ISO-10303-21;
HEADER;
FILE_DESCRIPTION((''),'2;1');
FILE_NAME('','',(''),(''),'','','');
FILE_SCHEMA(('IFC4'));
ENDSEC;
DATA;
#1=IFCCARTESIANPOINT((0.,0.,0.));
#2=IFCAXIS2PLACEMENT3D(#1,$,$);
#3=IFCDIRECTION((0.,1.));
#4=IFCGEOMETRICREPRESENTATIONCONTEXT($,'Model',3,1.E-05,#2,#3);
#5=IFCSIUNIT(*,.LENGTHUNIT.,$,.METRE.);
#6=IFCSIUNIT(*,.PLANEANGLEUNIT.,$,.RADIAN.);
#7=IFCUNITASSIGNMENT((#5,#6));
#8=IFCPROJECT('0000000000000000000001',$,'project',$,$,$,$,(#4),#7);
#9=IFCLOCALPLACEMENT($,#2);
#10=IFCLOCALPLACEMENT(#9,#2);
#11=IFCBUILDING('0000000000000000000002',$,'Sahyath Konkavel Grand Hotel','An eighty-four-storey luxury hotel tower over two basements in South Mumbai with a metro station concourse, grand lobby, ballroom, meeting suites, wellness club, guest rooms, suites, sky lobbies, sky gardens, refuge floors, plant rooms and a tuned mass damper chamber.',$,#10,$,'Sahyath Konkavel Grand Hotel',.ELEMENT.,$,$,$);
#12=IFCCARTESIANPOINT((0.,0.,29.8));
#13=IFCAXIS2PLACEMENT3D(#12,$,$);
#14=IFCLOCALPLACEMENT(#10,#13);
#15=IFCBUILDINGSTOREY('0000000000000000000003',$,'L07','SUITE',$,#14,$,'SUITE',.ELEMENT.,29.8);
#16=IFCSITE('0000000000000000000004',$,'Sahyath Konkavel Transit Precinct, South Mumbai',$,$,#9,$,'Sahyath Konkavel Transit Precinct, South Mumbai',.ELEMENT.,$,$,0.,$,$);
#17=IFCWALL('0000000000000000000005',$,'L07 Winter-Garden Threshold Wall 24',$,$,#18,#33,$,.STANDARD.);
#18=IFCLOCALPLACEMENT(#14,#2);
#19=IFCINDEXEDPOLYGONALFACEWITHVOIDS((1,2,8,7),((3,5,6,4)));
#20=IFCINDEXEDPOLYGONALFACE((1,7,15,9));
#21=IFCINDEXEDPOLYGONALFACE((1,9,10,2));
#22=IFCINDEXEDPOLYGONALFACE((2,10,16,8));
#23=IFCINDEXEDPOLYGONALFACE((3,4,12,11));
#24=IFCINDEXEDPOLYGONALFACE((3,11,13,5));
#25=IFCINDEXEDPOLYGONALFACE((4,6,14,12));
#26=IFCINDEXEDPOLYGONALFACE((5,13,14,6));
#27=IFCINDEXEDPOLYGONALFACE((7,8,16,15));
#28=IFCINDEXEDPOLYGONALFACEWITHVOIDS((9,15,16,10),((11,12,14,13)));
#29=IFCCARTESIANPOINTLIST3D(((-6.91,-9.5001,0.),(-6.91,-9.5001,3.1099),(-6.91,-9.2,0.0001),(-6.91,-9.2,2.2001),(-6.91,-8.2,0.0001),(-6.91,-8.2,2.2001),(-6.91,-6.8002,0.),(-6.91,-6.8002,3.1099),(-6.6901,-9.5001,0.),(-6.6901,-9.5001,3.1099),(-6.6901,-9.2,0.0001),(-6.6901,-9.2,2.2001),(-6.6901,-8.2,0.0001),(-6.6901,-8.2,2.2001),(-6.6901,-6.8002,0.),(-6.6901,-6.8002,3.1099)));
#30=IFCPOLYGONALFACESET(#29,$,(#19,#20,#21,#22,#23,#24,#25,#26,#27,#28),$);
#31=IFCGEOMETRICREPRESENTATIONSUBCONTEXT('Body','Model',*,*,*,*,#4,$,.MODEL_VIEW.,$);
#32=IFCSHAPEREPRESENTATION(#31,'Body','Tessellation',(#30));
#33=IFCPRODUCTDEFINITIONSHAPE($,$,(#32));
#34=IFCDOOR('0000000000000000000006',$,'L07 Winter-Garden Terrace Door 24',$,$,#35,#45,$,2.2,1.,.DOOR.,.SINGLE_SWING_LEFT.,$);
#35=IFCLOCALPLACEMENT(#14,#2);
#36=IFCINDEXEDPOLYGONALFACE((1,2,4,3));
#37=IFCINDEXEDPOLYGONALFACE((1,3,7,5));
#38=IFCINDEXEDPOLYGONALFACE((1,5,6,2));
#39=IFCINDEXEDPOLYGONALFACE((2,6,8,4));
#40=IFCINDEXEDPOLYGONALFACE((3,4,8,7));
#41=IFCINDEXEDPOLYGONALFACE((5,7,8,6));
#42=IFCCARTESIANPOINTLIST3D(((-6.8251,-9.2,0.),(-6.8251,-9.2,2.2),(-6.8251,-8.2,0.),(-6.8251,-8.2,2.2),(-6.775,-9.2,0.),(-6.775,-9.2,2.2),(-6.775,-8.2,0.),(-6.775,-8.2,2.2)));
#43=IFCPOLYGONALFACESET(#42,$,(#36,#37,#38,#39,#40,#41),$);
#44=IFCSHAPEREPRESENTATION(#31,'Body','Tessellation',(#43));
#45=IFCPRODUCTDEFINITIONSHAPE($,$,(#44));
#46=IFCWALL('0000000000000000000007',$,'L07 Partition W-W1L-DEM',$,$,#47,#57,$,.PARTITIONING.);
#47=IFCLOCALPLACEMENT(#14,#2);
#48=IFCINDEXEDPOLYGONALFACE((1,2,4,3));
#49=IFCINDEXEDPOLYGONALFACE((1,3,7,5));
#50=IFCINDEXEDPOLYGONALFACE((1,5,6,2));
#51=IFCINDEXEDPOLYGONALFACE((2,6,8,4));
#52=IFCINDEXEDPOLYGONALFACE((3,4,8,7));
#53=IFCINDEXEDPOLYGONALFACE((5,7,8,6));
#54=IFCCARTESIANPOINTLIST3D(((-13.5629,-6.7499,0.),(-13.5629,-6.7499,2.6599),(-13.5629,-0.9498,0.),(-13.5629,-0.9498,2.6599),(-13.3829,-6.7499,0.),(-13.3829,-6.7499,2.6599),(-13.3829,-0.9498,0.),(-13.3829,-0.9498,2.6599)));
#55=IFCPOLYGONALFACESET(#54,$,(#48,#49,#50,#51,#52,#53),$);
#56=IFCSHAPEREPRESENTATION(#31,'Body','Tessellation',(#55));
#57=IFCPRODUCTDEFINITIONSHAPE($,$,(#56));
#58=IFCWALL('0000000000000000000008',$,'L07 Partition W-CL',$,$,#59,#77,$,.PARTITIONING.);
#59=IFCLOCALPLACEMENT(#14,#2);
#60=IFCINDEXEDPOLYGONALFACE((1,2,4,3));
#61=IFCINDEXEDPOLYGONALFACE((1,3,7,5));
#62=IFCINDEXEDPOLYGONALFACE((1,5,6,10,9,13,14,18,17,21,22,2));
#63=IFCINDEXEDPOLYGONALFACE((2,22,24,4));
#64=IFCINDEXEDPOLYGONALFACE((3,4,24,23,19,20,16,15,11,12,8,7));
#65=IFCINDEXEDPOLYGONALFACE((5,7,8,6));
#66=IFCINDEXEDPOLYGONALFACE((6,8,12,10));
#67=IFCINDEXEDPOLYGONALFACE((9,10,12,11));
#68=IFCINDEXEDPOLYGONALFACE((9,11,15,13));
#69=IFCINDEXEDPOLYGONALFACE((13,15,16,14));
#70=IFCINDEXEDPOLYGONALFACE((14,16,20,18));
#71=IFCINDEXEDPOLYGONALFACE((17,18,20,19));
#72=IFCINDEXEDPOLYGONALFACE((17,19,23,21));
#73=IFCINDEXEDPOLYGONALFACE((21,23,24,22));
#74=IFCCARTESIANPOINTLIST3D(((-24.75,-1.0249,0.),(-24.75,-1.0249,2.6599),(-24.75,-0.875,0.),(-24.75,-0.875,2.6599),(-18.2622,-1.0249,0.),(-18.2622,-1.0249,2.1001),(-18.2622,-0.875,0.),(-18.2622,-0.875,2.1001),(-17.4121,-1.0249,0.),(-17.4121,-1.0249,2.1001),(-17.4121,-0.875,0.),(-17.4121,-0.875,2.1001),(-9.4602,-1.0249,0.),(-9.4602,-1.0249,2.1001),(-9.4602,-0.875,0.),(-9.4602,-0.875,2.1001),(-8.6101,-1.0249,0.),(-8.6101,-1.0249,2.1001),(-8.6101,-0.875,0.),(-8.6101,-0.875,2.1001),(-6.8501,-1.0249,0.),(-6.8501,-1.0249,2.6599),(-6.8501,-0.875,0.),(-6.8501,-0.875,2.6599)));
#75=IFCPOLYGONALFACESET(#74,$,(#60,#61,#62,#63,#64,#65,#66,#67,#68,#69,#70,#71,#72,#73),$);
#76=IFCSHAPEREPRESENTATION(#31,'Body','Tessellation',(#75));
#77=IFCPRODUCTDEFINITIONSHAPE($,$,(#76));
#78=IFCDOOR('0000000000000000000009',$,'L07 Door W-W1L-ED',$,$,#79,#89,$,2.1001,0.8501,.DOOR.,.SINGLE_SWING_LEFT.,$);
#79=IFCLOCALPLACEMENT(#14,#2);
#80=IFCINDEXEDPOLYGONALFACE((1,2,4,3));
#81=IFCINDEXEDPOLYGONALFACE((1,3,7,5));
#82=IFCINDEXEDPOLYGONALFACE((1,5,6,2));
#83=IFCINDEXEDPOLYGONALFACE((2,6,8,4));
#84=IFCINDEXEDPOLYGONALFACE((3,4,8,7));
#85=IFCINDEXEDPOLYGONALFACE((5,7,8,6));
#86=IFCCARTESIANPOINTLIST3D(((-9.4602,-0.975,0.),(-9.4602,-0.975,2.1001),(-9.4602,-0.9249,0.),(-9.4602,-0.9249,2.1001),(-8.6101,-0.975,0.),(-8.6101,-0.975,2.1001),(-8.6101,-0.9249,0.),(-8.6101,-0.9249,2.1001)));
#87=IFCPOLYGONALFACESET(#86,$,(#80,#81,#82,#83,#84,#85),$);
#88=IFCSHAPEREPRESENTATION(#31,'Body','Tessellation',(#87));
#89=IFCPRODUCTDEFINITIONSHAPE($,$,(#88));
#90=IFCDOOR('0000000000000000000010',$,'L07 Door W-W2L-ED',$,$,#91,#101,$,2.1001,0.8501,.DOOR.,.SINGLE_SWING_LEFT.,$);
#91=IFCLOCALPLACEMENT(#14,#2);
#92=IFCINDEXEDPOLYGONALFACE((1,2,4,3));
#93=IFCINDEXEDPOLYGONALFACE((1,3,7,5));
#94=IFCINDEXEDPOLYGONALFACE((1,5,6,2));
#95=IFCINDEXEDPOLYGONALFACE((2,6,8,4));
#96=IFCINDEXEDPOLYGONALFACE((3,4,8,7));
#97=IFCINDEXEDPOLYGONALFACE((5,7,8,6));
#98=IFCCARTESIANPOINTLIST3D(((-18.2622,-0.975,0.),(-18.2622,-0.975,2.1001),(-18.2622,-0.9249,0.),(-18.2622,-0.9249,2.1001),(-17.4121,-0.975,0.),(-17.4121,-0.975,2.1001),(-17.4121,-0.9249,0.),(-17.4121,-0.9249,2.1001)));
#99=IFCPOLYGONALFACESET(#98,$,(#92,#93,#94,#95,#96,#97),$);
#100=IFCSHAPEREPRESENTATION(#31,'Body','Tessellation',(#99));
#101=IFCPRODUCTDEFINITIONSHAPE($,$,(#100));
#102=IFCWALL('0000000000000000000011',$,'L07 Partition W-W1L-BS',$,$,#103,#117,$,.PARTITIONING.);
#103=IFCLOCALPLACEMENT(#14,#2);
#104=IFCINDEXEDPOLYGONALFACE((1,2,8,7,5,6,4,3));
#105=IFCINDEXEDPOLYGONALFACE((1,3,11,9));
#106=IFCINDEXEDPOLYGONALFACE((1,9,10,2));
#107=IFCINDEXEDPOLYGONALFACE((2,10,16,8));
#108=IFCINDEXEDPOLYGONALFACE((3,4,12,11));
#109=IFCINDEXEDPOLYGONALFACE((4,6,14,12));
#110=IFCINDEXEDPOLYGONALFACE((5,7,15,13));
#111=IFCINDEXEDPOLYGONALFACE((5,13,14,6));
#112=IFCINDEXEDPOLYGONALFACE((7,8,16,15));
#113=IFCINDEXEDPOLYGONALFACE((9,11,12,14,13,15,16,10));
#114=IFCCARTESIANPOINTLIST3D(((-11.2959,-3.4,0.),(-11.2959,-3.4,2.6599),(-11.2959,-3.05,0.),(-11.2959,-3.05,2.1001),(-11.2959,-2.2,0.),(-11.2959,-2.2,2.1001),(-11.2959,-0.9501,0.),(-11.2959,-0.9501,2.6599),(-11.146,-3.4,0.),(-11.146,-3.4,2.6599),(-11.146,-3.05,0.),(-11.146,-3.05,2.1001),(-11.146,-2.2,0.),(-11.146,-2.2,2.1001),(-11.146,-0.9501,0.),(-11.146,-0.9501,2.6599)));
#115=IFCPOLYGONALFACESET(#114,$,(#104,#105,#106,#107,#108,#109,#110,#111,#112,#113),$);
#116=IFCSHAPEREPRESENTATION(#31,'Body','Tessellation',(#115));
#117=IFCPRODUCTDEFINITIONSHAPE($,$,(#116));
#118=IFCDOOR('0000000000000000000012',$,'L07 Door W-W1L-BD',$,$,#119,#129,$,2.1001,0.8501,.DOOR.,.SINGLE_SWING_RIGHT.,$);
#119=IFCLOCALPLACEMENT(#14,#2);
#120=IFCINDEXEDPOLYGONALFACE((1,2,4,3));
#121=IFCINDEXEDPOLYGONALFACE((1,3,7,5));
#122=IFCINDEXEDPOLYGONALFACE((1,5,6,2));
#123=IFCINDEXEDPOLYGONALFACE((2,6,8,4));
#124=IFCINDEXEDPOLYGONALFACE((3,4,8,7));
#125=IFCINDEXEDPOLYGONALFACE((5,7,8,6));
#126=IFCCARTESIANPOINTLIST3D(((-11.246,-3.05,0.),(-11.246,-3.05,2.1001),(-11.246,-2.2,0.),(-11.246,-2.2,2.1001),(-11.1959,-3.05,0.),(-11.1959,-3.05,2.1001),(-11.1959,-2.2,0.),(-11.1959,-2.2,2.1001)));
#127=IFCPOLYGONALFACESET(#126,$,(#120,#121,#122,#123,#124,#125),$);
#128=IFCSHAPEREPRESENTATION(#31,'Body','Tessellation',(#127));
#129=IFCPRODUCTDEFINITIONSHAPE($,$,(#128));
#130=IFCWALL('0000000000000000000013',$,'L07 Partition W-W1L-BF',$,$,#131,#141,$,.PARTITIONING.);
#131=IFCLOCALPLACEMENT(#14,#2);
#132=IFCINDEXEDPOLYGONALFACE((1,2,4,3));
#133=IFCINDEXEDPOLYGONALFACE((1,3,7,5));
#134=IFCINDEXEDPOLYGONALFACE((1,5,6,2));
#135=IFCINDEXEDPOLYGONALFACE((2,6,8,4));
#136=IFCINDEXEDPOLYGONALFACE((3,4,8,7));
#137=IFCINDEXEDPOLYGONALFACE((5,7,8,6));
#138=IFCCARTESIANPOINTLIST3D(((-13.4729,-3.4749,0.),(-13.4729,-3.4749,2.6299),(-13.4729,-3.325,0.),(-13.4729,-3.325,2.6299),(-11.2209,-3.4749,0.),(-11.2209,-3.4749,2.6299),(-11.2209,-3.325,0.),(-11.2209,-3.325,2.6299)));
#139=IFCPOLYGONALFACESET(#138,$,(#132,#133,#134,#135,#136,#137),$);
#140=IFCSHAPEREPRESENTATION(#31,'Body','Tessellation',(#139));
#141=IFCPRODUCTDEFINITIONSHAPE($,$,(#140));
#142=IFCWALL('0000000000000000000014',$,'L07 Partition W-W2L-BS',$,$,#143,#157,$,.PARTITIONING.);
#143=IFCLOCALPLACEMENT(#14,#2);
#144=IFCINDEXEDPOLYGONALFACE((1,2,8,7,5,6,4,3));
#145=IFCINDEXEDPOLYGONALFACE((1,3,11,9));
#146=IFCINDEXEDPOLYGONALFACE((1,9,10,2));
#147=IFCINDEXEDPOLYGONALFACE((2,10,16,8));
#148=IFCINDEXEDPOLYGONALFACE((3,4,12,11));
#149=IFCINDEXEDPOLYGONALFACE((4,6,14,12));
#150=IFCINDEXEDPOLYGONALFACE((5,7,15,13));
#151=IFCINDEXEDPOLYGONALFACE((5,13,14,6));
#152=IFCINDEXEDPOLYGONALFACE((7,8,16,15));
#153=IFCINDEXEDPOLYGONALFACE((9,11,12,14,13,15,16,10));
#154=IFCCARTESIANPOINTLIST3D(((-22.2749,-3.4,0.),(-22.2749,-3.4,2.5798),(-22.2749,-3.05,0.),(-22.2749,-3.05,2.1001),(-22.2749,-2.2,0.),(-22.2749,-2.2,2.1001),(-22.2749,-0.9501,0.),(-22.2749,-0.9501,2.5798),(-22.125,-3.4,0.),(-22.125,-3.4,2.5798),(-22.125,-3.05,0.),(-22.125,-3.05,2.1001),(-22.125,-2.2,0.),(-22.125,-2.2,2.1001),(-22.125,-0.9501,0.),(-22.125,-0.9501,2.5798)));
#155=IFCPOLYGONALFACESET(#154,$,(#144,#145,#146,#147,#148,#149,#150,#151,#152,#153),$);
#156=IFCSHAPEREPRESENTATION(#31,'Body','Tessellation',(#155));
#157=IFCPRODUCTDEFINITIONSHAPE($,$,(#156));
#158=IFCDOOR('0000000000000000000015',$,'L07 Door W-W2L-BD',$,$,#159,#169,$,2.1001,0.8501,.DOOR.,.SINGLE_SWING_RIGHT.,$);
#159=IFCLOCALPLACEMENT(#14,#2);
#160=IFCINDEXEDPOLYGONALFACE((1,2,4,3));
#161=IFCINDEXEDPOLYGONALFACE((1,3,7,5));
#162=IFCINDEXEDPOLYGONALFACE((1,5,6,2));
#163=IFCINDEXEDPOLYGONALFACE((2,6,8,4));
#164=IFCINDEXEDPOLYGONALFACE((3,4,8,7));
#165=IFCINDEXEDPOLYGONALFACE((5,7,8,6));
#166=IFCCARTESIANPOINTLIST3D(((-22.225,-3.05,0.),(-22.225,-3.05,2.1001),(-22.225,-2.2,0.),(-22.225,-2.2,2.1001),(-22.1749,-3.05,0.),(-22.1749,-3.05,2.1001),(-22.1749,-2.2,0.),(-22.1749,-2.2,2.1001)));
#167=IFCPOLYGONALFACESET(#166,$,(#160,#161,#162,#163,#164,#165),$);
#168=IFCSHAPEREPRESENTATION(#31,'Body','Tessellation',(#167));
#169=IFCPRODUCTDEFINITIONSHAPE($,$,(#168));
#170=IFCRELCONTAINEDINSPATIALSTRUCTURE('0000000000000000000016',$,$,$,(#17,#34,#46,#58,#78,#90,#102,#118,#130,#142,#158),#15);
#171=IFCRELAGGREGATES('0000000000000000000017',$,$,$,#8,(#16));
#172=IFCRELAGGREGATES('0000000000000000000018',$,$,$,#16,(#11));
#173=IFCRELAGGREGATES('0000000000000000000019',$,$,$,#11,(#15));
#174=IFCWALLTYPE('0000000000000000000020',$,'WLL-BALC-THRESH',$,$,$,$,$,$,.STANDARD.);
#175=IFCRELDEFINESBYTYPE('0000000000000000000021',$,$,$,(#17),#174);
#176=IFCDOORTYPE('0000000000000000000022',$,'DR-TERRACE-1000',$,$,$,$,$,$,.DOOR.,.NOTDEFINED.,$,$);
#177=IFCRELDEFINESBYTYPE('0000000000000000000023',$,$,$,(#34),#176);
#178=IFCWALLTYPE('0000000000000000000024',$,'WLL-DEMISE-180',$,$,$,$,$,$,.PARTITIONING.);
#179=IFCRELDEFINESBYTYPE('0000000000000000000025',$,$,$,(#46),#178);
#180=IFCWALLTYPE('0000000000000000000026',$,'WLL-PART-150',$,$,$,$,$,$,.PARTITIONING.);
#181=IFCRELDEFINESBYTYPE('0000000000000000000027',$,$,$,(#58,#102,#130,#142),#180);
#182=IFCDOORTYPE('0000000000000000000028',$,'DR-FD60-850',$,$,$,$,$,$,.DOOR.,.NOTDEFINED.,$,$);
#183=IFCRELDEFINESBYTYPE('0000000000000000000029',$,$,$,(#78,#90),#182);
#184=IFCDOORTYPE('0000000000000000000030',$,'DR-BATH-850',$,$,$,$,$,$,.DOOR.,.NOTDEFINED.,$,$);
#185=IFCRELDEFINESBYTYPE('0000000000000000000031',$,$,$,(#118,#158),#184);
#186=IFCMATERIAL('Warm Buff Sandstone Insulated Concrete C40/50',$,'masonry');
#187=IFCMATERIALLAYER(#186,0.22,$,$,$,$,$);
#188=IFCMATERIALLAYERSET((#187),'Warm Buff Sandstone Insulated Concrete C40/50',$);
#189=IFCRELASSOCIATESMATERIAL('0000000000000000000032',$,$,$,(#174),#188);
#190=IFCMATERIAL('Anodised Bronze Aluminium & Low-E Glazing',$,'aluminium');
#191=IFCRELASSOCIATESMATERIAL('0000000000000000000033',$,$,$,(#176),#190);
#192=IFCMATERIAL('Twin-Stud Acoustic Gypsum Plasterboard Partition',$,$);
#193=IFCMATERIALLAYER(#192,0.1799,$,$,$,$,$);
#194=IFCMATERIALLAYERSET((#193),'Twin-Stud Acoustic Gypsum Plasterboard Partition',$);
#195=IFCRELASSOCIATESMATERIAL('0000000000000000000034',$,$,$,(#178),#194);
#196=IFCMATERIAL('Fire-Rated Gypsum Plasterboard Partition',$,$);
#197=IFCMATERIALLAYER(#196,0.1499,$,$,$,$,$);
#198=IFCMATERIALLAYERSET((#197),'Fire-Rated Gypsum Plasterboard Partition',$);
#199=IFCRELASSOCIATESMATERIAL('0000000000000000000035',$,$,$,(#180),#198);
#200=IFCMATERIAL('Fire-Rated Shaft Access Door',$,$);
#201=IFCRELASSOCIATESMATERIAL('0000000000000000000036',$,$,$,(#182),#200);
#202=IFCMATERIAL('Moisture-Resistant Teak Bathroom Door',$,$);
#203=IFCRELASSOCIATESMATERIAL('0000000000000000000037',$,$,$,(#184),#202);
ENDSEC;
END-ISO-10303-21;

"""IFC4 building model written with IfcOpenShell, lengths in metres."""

from ifc_helpers import new_model, si_unit, direction, frame, frame_2d, origin, origin_2d, place, context, subcontext, project, spatial, rectangle, extrude, source, transform, mapped, material, layer, layer_set, type_object, element, fill, save


model = new_model("IFC4")

# Units and contexts
model_context = context("Model", 3, precision=1e-05, world=origin(), true_north=direction((0.0, 1.0)))
body_context = subcontext(model_context, "Body", "Model", "MODEL_VIEW")
ifc_project = project(units=[si_unit("LENGTHUNIT", "METRE"), si_unit("PLANEANGLEUNIT", "RADIAN")], contexts=[model_context])

# Site, building, storey
site_placement = place(None, origin())
site = spatial("IfcSite", under=ifc_project, at=site_placement, Name="Sahyath Konkavel Transit Precinct, South Mumbai", LongName="Sahyath Konkavel Transit Precinct, South Mumbai", CompositionType="ELEMENT", RefElevation=0.0)
building_placement = place(site_placement, origin())
building = spatial("IfcBuilding", under=site, at=building_placement, Name="Sahyath Konkavel Grand Hotel", Description="An eighty-four-storey luxury hotel tower over two basements in South Mumbai with a metro station concourse, grand lobby, ballroom, meeting suites, wellness club, guest rooms, suites, sky lobbies, sky gardens, refuge floors, plant rooms and a tuned mass damper chamber.", LongName="Sahyath Konkavel Grand Hotel", CompositionType="ELEMENT")
storey_placement = place(building_placement, frame((0.0, 0.0, 29.8)))
storey = spatial("IfcBuildingStorey", under=building, at=storey_placement, Name="L07", Description="SUITE", LongName="SUITE", CompositionType="ELEMENT", Elevation=29.8)

# Shared definitions
ifc_material_1 = material(Name="Anodised Bronze Aluminium & Low-E Glazing", Category="aluminium")

# Shared definitions
ifc_material_2 = material(Name="Warm Buff Sandstone Insulated Concrete C40/50", Category="masonry")
ifc_layer_1 = layer(ifc_material_2, 0.22)
ifc_layer_set_1 = layer_set([ifc_layer_1], Name="Warm Buff Sandstone Insulated Concrete C40/50")
wall_type_1 = type_object("IfcWallType", Name="WLL-BALC-THRESH", PredefinedType="STANDARD", material=ifc_layer_set_1)

# Wall, opening, door
wall_1_placement = place(storey_placement, frame((-6.8, -6.8, 0.0), z_axis=(0.0, 0.0, 1.0), x_axis=(0.0, -1.0, 0.0)))
wall_1 = element("IfcWall", 1, at=wall_1_placement, inside=storey, type_object=wall_type_1, Name="L07 Winter-Garden Threshold Wall 24", PredefinedType="STANDARD", context=body_context, shape_type="SweptSolid", body=[
    extrude(rectangle(XDim=2.7, YDim=0.22, at=frame_2d((1.3501, 0.0))), origin(), (0.0, 0.0, 1.0), 3.1099),
])
opening_1_placement = place(wall_1_placement, frame((1.3999, 0.0, 0.0)))
opening_1 = element("IfcOpeningElement", 2, at=opening_1_placement, cuts=wall_1, PredefinedType="OPENING", context=body_context, shape_type="SweptSolid", body=[
    extrude(rectangle(XDim=1.0, YDim=2.2, at=frame_2d((0.5, 1.1001))), frame((0.0, 0.1201, 0.0), z_axis=(0.0, -1.0, 0.0), x_axis=(1.0, 0.0, 0.0)), (0.0, 0.0, 1.0), 0.24),
])
door_type_1 = type_object("IfcDoorType", Name="DR-TERRACE-1000", OperationType="NOTDEFINED", PredefinedType="DOOR", material=ifc_material_1)
shared_shape_1 = source(origin(), body_context, "Body", "SweptSolid", [
    extrude(rectangle(XDim=1.0, YDim=0.05, at=origin_2d()), origin(), (0.0, 0.0, 1.0), 2.2),
])
door_1_placement = place(opening_1_placement, frame((0.5, 0.0, 0.0)))
door_1 = element("IfcDoor", 3, at=door_1_placement, inside=storey, type_object=door_type_1, Name="L07 Winter-Garden Terrace Door 24", OperationType="SINGLE_SWING_LEFT", OverallHeight=2.2, OverallWidth=1.0, PredefinedType="DOOR", context=body_context, shape_type="MappedRepresentation", body=[
    mapped(shared_shape_1, transform((0.0, 0.0, 0.0), scale=1.0)),
])
fill(opening_1, door_1)

# Wall
ifc_material_3 = material(Name="Twin-Stud Acoustic Gypsum Plasterboard Partition")
ifc_layer_2 = layer(ifc_material_3, 0.1799)
ifc_layer_set_2 = layer_set([ifc_layer_2], Name="Twin-Stud Acoustic Gypsum Plasterboard Partition")
wall_type_2 = type_object("IfcWallType", Name="WLL-DEMISE-180", PredefinedType="PARTITIONING", material=ifc_layer_set_2)
wall_2_placement = place(storey_placement, frame((-13.4729, -0.95, 0.0), z_axis=(0.0, 0.0, 1.0), x_axis=(0.0, -1.0, 0.0)))
element("IfcWall", 4, at=wall_2_placement, inside=storey, type_object=wall_type_2, Name="L07 Partition W-W1L-DEM", PredefinedType="PARTITIONING", context=body_context, shape_type="SweptSolid", body=[
    extrude(rectangle(XDim=5.8, YDim=0.1799, at=frame_2d((2.8999, 0.0))), origin(), (0.0, 0.0, 1.0), 2.6599),
])

# Wall, openings, doors
ifc_material_4 = material(Name="Fire-Rated Gypsum Plasterboard Partition")
ifc_layer_3 = layer(ifc_material_4, 0.1499)
ifc_layer_set_3 = layer_set([ifc_layer_3], Name="Fire-Rated Gypsum Plasterboard Partition")
wall_type_3 = type_object("IfcWallType", Name="WLL-PART-150", PredefinedType="PARTITIONING", material=ifc_layer_set_3)
wall_3_placement = place(storey_placement, frame((-6.8501, -0.95, 0.0), z_axis=(0.0, 0.0, 1.0), x_axis=(-1.0, 0.0, 0.0)))
wall_3 = element("IfcWall", 5, at=wall_3_placement, inside=storey, type_object=wall_type_3, Name="L07 Partition W-CL", PredefinedType="PARTITIONING", context=body_context, shape_type="SweptSolid", body=[
    extrude(rectangle(XDim=17.8999, YDim=0.1499, at=frame_2d((8.95, 0.0))), origin(), (0.0, 0.0, 1.0), 2.6599),
])
opening_2_placement = place(wall_3_placement, frame((1.76, 0.0, 0.0)))
opening_2 = element("IfcOpeningElement", 6, at=opening_2_placement, cuts=wall_3, PredefinedType="OPENING", context=body_context, shape_type="SweptSolid", body=[
    extrude(rectangle(XDim=0.8501, YDim=2.1001, at=frame_2d((0.425, 1.05))), frame((0.0, 0.085, 0.0), z_axis=(0.0, -1.0, 0.0), x_axis=(1.0, 0.0, 0.0)), (0.0, 0.0, 1.0), 0.1699),
])
opening_3_placement = place(wall_3_placement, frame((10.562, 0.0, 0.0)))
opening_3 = element("IfcOpeningElement", 7, at=opening_3_placement, cuts=wall_3, PredefinedType="OPENING", context=body_context, shape_type="SweptSolid", body=[
    extrude(rectangle(XDim=0.8501, YDim=2.1001, at=frame_2d((0.425, 1.05))), frame((0.0, 0.085, 0.0), z_axis=(0.0, -1.0, 0.0), x_axis=(1.0, 0.0, 0.0)), (0.0, 0.0, 1.0), 0.1699),
])
ifc_material_5 = material(Name="Fire-Rated Shaft Access Door")
door_type_2 = type_object("IfcDoorType", Name="DR-FD60-850", OperationType="NOTDEFINED", PredefinedType="DOOR", material=ifc_material_5)
shared_shape_2 = source(origin(), body_context, "Body", "SweptSolid", [
    extrude(rectangle(XDim=0.8501, YDim=0.05, at=origin_2d()), origin(), (0.0, 0.0, 1.0), 2.1001),
])
door_2_placement = place(opening_2_placement, frame((0.425, 0.0, 0.0)))
door_2 = element("IfcDoor", 8, at=door_2_placement, inside=storey, type_object=door_type_2, Name="L07 Door W-W1L-ED", OperationType="SINGLE_SWING_LEFT", OverallHeight=2.1001, OverallWidth=0.8501, PredefinedType="DOOR", context=body_context, shape_type="MappedRepresentation", body=[
    mapped(shared_shape_2, transform((0.0, 0.0, 0.0), scale=1.0)),
])
fill(opening_2, door_2)
door_3_placement = place(opening_3_placement, frame((0.425, 0.0, 0.0)))
door_3 = element("IfcDoor", 9, at=door_3_placement, inside=storey, type_object=door_type_2, Name="L07 Door W-W2L-ED", OperationType="SINGLE_SWING_LEFT", OverallHeight=2.1001, OverallWidth=0.8501, PredefinedType="DOOR", context=body_context, shape_type="MappedRepresentation", body=[
    mapped(shared_shape_2, transform((0.0, 0.0, 0.0), scale=1.0)),
])
fill(opening_3, door_3)

# Wall, opening, door
wall_4_placement = place(storey_placement, frame((-11.2209, -0.95, 0.0), z_axis=(0.0, 0.0, 1.0), x_axis=(0.0, -1.0, 0.0)))
wall_4 = element("IfcWall", 10, at=wall_4_placement, inside=storey, type_object=wall_type_3, Name="L07 Partition W-W1L-BS", PredefinedType="PARTITIONING", context=body_context, shape_type="SweptSolid", body=[
    extrude(rectangle(XDim=2.45, YDim=0.1499, at=frame_2d((1.2251, 0.0))), origin(), (0.0, 0.0, 1.0), 2.6599),
])
opening_4_placement = place(wall_4_placement, frame((1.25, 0.0, 0.0)))
opening_4 = element("IfcOpeningElement", 11, at=opening_4_placement, cuts=wall_4, PredefinedType="OPENING", context=body_context, shape_type="SweptSolid", body=[
    extrude(rectangle(XDim=0.8501, YDim=2.1001, at=frame_2d((0.425, 1.05))), frame((0.0, 0.085, 0.0), z_axis=(0.0, -1.0, 0.0), x_axis=(1.0, 0.0, 0.0)), (0.0, 0.0, 1.0), 0.1699),
])
ifc_material_6 = material(Name="Moisture-Resistant Teak Bathroom Door")
door_type_3 = type_object("IfcDoorType", Name="DR-BATH-850", OperationType="NOTDEFINED", PredefinedType="DOOR", material=ifc_material_6)
door_4_placement = place(opening_4_placement, frame((0.425, 0.0, 0.0)))
door_4 = element("IfcDoor", 12, at=door_4_placement, inside=storey, type_object=door_type_3, Name="L07 Door W-W1L-BD", OperationType="SINGLE_SWING_RIGHT", OverallHeight=2.1001, OverallWidth=0.8501, PredefinedType="DOOR", context=body_context, shape_type="MappedRepresentation", body=[
    mapped(shared_shape_2, transform((0.0, 0.0, 0.0), scale=1.0)),
])
fill(opening_4, door_4)

# Wall
wall_5_placement = place(storey_placement, frame((-11.2209, -3.3999, 0.0), z_axis=(0.0, 0.0, 1.0), x_axis=(-1.0, 0.0, 0.0)))
element("IfcWall", 13, at=wall_5_placement, inside=storey, type_object=wall_type_3, Name="L07 Partition W-W1L-BF", PredefinedType="PARTITIONING", context=body_context, shape_type="SweptSolid", body=[
    extrude(rectangle(XDim=2.252, YDim=0.1499, at=frame_2d((1.126, 0.0))), origin(), (0.0, 0.0, 1.0), 2.6299),
])

# Wall, opening, door
wall_6_placement = place(storey_placement, frame((-22.2, -0.95, 0.0), z_axis=(0.0, 0.0, 1.0), x_axis=(0.0, -1.0, 0.0)))
wall_6 = element("IfcWall", 14, at=wall_6_placement, inside=storey, type_object=wall_type_3, Name="L07 Partition W-W2L-BS", PredefinedType="PARTITIONING", context=body_context, shape_type="SweptSolid", body=[
    extrude(rectangle(XDim=2.45, YDim=0.1499, at=frame_2d((1.2251, 0.0))), origin(), (0.0, 0.0, 1.0), 2.5798),
])
opening_5_placement = place(wall_6_placement, frame((1.25, 0.0, 0.0)))
opening_5 = element("IfcOpeningElement", 15, at=opening_5_placement, cuts=wall_6, PredefinedType="OPENING", context=body_context, shape_type="SweptSolid", body=[
    extrude(rectangle(XDim=0.8501, YDim=2.1001, at=frame_2d((0.425, 1.05))), frame((0.0, 0.085, 0.0), z_axis=(0.0, -1.0, 0.0), x_axis=(1.0, 0.0, 0.0)), (0.0, 0.0, 1.0), 0.1699),
])
door_5_placement = place(opening_5_placement, frame((0.425, 0.0, 0.0)))
door_5 = element("IfcDoor", 16, at=door_5_placement, inside=storey, type_object=door_type_3, Name="L07 Door W-W2L-BD", OperationType="SINGLE_SWING_RIGHT", OverallHeight=2.1001, OverallWidth=0.8501, PredefinedType="DOOR", context=body_context, shape_type="MappedRepresentation", body=[
    mapped(shared_shape_2, transform((0.0, 0.0, 0.0), scale=1.0)),
])
fill(opening_5, door_5)

save(model, "model.ifc")
